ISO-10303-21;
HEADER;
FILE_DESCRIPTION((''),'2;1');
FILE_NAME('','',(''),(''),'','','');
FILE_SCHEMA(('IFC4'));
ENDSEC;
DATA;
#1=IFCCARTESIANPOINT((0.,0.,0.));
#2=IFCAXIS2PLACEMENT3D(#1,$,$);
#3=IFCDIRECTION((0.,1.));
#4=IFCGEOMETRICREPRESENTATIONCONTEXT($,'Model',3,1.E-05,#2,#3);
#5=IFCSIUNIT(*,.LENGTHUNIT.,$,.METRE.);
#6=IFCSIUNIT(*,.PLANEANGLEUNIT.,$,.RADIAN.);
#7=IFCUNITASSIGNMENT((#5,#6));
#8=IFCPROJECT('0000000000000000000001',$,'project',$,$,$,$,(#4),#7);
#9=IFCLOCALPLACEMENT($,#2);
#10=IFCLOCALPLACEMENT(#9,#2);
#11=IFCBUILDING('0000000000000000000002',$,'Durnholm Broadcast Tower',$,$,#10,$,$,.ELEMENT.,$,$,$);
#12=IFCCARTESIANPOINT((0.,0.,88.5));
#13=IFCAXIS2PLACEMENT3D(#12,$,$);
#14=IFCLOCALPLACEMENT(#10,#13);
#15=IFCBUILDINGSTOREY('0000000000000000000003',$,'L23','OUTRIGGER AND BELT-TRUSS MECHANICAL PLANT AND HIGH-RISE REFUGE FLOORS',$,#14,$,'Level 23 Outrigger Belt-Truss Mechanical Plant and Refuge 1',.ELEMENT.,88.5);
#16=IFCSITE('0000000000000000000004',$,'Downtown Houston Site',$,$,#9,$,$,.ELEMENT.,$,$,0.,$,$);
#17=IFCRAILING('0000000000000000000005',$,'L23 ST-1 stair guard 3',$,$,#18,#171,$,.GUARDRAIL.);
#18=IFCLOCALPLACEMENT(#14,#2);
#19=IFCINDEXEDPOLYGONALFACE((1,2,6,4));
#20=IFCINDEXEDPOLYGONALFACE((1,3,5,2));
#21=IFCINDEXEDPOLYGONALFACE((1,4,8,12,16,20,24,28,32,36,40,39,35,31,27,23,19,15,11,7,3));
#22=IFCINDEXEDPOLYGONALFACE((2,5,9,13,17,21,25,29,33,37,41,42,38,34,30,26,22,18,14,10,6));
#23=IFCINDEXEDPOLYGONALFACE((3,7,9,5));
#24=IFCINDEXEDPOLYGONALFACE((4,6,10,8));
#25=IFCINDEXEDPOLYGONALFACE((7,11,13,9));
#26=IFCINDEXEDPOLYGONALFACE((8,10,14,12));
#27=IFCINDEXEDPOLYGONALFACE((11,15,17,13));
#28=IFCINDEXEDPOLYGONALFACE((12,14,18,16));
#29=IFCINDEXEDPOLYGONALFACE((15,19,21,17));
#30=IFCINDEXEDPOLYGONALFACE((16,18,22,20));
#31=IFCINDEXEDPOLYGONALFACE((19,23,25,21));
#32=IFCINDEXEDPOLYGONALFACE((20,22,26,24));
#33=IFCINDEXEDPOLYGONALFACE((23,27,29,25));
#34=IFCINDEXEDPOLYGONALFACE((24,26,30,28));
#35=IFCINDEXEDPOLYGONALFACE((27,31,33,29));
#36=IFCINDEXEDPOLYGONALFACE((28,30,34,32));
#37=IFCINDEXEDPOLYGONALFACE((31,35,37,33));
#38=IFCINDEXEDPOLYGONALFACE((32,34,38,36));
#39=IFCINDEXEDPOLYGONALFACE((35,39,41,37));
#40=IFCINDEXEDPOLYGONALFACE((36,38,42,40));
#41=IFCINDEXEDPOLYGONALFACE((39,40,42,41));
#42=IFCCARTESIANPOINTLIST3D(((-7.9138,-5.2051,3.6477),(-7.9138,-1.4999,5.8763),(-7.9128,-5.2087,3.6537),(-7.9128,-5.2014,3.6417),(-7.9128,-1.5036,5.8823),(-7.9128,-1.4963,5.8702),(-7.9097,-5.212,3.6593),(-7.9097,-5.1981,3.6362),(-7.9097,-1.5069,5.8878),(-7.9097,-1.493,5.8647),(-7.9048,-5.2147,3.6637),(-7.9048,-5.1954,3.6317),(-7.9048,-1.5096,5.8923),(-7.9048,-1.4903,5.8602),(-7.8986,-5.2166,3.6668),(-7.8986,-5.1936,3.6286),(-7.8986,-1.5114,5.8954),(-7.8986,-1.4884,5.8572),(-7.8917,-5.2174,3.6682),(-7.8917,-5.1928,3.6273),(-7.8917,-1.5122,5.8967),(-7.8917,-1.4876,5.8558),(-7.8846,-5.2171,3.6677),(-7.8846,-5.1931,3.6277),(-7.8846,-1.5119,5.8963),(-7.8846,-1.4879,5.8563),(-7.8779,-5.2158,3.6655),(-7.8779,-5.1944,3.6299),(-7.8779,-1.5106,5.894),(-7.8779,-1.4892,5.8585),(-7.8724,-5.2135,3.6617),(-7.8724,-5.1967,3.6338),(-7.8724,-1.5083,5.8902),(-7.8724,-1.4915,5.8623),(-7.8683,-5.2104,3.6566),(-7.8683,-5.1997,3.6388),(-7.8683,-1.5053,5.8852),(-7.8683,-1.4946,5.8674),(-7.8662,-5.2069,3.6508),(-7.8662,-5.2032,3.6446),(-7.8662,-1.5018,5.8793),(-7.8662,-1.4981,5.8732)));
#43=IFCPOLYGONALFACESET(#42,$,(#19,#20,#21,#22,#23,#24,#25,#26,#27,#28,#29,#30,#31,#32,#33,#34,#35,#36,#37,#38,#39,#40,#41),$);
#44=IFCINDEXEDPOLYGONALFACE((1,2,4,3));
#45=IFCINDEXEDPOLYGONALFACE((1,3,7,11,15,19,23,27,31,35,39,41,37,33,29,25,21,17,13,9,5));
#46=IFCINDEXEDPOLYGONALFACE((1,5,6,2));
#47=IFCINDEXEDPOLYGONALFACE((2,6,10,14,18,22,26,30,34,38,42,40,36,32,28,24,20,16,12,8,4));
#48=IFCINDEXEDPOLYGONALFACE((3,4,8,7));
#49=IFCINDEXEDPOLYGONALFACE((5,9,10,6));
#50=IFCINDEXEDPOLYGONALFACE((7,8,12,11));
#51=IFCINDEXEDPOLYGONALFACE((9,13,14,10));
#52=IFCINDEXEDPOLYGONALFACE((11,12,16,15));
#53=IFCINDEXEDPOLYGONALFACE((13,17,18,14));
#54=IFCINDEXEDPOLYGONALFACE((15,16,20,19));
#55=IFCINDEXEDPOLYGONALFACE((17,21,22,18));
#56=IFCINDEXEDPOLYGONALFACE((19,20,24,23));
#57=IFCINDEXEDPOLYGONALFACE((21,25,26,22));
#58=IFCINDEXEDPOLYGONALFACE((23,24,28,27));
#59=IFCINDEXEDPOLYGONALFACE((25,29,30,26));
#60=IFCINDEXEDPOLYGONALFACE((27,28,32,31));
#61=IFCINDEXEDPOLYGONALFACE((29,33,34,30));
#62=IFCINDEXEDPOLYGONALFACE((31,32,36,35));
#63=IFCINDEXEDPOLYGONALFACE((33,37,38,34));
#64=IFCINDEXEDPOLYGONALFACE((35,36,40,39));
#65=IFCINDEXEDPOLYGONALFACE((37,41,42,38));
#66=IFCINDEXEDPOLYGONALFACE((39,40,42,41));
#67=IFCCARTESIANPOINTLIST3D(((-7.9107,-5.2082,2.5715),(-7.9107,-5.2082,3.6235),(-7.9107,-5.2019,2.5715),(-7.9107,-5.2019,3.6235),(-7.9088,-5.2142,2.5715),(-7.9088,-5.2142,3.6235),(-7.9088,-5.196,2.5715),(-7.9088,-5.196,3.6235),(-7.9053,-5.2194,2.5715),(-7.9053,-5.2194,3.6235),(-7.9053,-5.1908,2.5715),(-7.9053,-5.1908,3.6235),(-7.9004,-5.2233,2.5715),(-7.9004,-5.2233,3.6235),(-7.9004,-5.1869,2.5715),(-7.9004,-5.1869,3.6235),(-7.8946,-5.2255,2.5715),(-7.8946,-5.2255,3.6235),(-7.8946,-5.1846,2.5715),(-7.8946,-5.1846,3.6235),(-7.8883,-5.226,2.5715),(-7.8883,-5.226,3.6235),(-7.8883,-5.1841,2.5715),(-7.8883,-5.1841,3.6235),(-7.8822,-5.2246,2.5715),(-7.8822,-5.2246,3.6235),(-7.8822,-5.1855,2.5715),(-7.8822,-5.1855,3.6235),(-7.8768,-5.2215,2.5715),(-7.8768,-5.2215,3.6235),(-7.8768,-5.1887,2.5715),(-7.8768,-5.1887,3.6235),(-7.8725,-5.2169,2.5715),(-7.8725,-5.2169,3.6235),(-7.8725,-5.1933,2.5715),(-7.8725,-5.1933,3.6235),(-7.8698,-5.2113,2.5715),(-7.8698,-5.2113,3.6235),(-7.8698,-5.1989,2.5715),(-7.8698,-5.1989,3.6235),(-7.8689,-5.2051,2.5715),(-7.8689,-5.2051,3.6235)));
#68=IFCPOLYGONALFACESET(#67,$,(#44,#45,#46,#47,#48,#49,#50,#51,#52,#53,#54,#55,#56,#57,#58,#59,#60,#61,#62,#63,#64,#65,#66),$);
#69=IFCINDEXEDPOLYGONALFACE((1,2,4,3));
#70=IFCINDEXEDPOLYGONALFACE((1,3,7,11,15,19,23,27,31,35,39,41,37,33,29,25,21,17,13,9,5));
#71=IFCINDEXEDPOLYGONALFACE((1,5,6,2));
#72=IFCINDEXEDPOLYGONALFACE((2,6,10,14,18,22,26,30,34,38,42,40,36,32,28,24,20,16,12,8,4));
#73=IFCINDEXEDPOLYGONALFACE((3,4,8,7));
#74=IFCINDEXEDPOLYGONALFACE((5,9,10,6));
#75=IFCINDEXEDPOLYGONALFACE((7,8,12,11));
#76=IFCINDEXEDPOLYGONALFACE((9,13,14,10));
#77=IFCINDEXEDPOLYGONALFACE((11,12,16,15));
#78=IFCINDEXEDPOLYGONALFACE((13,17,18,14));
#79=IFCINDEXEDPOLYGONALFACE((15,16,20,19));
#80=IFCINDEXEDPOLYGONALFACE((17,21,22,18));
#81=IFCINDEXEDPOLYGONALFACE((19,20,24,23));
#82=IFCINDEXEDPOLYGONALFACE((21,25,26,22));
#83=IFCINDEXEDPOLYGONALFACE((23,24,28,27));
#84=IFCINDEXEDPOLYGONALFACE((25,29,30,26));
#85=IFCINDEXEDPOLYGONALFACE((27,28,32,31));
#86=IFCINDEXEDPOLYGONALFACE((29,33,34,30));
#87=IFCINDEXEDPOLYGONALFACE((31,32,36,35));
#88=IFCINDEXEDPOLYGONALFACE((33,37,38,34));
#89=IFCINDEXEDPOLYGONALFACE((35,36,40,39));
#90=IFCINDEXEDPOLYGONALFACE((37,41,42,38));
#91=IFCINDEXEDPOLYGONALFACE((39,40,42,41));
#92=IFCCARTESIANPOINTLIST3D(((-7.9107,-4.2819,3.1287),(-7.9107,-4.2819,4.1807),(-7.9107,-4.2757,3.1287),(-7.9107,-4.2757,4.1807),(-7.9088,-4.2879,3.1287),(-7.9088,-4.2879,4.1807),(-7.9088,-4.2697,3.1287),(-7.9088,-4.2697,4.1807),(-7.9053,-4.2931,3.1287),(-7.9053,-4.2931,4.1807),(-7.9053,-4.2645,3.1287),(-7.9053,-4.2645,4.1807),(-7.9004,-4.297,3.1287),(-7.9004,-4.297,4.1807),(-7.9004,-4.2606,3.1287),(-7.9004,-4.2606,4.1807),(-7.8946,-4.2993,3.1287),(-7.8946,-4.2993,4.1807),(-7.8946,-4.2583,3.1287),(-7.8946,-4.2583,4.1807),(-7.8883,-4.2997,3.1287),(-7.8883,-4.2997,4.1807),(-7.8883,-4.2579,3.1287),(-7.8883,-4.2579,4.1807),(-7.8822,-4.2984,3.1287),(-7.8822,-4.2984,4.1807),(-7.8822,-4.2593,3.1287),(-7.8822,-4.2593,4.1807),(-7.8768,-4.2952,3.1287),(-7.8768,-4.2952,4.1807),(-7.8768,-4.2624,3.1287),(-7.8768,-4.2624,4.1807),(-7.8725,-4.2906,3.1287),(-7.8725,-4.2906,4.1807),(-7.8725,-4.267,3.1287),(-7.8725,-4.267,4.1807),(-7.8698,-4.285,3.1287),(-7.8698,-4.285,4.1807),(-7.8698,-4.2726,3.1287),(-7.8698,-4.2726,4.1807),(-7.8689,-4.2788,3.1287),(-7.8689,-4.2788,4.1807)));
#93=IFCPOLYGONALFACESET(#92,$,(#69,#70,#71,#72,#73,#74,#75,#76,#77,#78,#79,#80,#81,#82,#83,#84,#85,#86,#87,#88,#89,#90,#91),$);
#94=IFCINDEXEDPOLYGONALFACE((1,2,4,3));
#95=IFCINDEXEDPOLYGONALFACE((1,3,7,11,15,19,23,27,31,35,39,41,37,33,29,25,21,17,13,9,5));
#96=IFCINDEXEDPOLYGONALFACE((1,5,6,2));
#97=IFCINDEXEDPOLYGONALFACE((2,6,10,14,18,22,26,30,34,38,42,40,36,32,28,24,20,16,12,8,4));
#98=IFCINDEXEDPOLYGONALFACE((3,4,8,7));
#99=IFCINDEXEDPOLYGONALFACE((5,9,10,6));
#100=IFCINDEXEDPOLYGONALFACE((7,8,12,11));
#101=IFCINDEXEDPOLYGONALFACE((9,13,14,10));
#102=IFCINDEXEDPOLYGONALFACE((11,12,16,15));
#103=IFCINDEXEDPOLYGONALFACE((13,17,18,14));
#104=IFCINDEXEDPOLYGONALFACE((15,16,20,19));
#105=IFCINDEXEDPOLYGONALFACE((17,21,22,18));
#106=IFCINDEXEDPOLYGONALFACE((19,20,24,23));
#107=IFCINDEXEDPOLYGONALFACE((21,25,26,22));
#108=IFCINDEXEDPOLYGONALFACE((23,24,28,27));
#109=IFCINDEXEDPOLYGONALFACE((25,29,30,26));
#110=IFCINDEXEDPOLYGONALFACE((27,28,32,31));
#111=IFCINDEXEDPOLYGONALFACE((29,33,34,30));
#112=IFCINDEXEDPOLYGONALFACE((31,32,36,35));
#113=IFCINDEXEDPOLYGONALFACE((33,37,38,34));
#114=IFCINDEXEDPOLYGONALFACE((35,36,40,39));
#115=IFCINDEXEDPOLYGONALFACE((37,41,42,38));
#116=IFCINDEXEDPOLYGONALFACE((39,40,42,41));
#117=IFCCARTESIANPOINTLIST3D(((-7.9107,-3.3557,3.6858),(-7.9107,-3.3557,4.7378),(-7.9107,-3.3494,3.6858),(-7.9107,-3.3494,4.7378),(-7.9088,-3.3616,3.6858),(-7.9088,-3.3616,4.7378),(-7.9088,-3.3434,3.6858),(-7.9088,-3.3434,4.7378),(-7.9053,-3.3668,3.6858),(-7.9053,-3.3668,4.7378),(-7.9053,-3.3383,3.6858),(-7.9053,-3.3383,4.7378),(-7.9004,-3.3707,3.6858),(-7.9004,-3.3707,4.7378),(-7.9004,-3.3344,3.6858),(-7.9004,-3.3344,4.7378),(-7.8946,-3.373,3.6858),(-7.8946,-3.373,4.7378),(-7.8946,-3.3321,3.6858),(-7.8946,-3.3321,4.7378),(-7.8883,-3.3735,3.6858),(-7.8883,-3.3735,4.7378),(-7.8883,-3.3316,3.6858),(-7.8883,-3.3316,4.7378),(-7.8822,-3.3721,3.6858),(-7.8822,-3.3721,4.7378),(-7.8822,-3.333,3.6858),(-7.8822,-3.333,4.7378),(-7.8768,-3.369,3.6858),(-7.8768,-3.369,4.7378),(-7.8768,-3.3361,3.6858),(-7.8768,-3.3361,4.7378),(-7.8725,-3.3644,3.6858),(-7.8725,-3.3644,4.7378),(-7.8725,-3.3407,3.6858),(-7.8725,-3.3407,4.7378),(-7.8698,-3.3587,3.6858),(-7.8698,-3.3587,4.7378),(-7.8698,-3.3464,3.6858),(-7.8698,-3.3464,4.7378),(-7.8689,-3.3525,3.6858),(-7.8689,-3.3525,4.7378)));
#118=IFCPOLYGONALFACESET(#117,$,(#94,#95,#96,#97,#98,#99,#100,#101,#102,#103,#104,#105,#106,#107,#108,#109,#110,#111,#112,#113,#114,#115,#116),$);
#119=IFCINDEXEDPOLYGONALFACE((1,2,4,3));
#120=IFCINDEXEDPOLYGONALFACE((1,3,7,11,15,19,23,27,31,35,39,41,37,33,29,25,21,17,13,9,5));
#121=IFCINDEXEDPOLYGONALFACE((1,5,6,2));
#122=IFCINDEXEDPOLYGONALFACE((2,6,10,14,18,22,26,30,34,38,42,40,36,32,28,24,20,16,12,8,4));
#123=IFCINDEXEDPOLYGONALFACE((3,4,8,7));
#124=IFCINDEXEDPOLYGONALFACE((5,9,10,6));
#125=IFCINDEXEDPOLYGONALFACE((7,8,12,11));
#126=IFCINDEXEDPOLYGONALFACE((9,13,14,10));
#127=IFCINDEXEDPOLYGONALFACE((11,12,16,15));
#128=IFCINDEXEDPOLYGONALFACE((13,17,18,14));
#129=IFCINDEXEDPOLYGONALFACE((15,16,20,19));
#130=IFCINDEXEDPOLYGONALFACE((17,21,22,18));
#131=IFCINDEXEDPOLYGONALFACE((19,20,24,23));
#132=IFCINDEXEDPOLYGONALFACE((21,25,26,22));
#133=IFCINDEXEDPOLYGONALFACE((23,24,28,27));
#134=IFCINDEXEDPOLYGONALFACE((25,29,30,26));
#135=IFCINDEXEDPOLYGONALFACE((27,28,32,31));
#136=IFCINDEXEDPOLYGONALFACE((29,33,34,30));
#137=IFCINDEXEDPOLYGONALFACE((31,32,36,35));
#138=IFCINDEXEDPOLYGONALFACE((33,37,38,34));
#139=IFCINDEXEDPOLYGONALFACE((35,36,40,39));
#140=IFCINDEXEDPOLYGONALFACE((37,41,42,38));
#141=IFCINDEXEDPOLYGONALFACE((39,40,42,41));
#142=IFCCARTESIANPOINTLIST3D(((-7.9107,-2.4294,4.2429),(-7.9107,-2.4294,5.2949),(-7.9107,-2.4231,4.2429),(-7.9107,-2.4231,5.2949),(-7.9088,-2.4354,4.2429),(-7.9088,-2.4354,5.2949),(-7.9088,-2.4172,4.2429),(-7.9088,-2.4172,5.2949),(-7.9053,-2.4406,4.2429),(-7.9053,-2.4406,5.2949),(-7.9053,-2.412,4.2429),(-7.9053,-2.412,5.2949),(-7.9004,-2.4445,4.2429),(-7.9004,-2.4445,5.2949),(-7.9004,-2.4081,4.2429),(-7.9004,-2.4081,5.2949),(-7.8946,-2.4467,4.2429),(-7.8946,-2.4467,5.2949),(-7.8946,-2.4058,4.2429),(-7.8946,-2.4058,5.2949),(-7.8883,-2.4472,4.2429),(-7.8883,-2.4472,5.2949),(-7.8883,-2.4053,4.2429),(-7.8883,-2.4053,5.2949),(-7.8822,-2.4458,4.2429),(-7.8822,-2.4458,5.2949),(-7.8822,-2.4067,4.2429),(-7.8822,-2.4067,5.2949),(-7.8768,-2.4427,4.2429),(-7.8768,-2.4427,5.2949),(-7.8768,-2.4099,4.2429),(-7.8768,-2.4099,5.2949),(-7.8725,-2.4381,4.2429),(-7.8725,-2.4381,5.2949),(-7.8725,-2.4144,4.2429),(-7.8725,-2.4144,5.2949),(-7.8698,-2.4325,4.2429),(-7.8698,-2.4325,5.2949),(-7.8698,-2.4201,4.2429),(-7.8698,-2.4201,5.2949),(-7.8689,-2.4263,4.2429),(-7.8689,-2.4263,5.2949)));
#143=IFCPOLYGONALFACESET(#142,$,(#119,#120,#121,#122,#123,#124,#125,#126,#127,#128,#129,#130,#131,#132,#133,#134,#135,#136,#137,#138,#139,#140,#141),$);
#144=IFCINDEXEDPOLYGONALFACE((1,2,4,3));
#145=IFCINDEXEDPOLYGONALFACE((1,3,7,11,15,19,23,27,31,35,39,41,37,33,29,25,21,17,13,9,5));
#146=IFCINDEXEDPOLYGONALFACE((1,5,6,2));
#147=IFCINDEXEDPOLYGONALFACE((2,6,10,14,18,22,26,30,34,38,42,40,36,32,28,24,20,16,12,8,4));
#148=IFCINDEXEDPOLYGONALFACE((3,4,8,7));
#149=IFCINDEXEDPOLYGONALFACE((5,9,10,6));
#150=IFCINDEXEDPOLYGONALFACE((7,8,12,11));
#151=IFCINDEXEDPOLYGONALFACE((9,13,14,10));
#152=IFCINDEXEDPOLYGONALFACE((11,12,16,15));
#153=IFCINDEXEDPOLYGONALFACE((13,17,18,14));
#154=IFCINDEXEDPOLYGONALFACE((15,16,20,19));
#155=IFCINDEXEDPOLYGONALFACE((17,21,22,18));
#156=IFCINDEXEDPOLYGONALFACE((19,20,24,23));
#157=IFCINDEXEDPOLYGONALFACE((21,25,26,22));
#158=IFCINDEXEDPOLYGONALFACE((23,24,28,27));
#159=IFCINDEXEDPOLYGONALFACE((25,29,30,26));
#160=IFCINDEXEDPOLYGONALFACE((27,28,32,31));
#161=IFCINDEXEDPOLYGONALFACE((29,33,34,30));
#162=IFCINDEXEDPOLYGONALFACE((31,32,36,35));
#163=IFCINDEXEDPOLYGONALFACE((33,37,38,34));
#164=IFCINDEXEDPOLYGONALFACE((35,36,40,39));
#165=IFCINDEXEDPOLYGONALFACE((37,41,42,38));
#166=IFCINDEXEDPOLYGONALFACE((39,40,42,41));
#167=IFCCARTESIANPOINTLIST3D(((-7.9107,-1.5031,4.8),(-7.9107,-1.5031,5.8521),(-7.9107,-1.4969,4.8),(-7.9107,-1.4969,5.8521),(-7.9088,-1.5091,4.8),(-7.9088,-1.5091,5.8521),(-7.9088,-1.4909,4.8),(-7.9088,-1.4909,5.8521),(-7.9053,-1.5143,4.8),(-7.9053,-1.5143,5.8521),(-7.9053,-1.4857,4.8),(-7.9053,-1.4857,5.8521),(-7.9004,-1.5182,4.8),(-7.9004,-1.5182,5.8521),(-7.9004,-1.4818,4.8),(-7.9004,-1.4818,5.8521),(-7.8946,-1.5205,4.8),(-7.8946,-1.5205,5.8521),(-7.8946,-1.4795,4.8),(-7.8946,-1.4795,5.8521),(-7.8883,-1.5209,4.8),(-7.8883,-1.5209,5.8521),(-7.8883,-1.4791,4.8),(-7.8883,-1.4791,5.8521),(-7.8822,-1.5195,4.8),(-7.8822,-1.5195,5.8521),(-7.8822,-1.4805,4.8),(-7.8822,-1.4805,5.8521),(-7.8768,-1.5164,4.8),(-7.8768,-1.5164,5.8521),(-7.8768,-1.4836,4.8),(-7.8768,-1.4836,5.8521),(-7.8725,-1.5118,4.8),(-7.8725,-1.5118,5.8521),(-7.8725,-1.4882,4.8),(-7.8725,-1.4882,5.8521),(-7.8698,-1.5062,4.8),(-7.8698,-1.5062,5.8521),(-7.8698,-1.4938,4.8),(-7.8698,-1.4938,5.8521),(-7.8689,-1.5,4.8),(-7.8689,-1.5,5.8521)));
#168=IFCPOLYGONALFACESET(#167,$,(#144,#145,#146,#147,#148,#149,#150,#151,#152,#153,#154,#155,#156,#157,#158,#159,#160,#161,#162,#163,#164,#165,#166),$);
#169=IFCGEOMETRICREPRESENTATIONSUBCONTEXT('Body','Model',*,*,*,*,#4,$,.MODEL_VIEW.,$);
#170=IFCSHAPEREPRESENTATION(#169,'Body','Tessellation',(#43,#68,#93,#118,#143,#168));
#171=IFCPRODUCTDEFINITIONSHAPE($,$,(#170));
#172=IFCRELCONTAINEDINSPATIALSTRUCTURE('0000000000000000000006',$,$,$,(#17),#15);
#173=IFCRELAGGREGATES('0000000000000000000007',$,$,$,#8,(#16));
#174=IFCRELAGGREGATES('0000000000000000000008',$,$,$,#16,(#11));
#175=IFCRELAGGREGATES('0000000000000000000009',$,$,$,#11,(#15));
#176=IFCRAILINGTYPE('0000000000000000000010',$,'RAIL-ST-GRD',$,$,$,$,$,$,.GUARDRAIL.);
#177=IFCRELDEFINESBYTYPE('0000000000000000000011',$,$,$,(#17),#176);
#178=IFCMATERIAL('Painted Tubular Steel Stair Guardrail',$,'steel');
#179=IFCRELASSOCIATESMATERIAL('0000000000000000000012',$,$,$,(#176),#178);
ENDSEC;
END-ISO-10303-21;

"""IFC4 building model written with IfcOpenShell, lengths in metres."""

from ifc_helpers import new_model, si_unit, direction, frame, origin, origin_2d, place, context, subcontext, project, spatial, circle, extrude, material, type_object, element, save


model = new_model("IFC4")

# Units and contexts
model_context = context("Model", 3, precision=1e-05, world=origin(), true_north=direction((0.0, 1.0)))
body_context = subcontext(model_context, "Body", "Model", "MODEL_VIEW")
ifc_project = project(units=[si_unit("LENGTHUNIT", "METRE"), si_unit("PLANEANGLEUNIT", "RADIAN")], contexts=[model_context])

# Site, building, storey
site_placement = place(None, origin())
site = spatial("IfcSite", under=ifc_project, at=site_placement, Name="Downtown Houston Site", CompositionType="ELEMENT", RefElevation=0.0)
building_placement = place(site_placement, origin())
building = spatial("IfcBuilding", under=site, at=building_placement, Name="Durnholm Broadcast Tower", CompositionType="ELEMENT")
storey_placement = place(building_placement, frame((0.0, 0.0, 88.5)))
storey = spatial("IfcBuildingStorey", under=building, at=storey_placement, Name="L23", Description="OUTRIGGER AND BELT-TRUSS MECHANICAL PLANT AND HIGH-RISE REFUGE FLOORS", LongName="Level 23 Outrigger Belt-Truss Mechanical Plant and Refuge 1", CompositionType="ELEMENT", Elevation=88.5)

# Railing
ifc_material_1 = material(Name="Painted Tubular Steel Stair Guardrail", Category="steel")
railing_type_1 = type_object("IfcRailingType", Name="RAIL-ST-GRD", PredefinedType="GUARDRAIL", material=ifc_material_1)
railing_1_placement = place(storey_placement, frame((-7.8899, -5.2051, 2.5715)))
element("IfcRailing", 1, at=railing_1_placement, inside=storey, type_object=railing_type_1, Name="L23 ST-1 stair guard 3", PredefinedType="GUARDRAIL", context=body_context, shape_type="SweptSolid", body=[
    extrude(circle(Radius=0.0239, at=origin_2d()), frame((0.0, 0.0, 1.0762), z_axis=(0.0, 0.856934, 0.515425), x_axis=(-1.0, 0.0, 0.0)), (0.0, 0.0, 1.0), 4.3237),
    extrude(circle(Radius=0.021, at=origin_2d()), origin(), (0.0, 0.0, 1.0), 1.052),
    extrude(circle(Radius=0.021, at=origin_2d()), frame((0.0, 0.9263, 0.5571)), (0.0, 0.0, 1.0), 1.052),
    extrude(circle(Radius=0.021, at=origin_2d()), frame((0.0, 1.8525, 1.1143)), (0.0, 0.0, 1.0), 1.052),
    extrude(circle(Radius=0.021, at=origin_2d()), frame((0.0, 2.7788, 1.6714)), (0.0, 0.0, 1.0), 1.052),
    extrude(circle(Radius=0.021, at=origin_2d()), frame((0.0, 3.7051, 2.2285)), (0.0, 0.0, 1.0), 1.052),
])

save(model, "model.ifc")
